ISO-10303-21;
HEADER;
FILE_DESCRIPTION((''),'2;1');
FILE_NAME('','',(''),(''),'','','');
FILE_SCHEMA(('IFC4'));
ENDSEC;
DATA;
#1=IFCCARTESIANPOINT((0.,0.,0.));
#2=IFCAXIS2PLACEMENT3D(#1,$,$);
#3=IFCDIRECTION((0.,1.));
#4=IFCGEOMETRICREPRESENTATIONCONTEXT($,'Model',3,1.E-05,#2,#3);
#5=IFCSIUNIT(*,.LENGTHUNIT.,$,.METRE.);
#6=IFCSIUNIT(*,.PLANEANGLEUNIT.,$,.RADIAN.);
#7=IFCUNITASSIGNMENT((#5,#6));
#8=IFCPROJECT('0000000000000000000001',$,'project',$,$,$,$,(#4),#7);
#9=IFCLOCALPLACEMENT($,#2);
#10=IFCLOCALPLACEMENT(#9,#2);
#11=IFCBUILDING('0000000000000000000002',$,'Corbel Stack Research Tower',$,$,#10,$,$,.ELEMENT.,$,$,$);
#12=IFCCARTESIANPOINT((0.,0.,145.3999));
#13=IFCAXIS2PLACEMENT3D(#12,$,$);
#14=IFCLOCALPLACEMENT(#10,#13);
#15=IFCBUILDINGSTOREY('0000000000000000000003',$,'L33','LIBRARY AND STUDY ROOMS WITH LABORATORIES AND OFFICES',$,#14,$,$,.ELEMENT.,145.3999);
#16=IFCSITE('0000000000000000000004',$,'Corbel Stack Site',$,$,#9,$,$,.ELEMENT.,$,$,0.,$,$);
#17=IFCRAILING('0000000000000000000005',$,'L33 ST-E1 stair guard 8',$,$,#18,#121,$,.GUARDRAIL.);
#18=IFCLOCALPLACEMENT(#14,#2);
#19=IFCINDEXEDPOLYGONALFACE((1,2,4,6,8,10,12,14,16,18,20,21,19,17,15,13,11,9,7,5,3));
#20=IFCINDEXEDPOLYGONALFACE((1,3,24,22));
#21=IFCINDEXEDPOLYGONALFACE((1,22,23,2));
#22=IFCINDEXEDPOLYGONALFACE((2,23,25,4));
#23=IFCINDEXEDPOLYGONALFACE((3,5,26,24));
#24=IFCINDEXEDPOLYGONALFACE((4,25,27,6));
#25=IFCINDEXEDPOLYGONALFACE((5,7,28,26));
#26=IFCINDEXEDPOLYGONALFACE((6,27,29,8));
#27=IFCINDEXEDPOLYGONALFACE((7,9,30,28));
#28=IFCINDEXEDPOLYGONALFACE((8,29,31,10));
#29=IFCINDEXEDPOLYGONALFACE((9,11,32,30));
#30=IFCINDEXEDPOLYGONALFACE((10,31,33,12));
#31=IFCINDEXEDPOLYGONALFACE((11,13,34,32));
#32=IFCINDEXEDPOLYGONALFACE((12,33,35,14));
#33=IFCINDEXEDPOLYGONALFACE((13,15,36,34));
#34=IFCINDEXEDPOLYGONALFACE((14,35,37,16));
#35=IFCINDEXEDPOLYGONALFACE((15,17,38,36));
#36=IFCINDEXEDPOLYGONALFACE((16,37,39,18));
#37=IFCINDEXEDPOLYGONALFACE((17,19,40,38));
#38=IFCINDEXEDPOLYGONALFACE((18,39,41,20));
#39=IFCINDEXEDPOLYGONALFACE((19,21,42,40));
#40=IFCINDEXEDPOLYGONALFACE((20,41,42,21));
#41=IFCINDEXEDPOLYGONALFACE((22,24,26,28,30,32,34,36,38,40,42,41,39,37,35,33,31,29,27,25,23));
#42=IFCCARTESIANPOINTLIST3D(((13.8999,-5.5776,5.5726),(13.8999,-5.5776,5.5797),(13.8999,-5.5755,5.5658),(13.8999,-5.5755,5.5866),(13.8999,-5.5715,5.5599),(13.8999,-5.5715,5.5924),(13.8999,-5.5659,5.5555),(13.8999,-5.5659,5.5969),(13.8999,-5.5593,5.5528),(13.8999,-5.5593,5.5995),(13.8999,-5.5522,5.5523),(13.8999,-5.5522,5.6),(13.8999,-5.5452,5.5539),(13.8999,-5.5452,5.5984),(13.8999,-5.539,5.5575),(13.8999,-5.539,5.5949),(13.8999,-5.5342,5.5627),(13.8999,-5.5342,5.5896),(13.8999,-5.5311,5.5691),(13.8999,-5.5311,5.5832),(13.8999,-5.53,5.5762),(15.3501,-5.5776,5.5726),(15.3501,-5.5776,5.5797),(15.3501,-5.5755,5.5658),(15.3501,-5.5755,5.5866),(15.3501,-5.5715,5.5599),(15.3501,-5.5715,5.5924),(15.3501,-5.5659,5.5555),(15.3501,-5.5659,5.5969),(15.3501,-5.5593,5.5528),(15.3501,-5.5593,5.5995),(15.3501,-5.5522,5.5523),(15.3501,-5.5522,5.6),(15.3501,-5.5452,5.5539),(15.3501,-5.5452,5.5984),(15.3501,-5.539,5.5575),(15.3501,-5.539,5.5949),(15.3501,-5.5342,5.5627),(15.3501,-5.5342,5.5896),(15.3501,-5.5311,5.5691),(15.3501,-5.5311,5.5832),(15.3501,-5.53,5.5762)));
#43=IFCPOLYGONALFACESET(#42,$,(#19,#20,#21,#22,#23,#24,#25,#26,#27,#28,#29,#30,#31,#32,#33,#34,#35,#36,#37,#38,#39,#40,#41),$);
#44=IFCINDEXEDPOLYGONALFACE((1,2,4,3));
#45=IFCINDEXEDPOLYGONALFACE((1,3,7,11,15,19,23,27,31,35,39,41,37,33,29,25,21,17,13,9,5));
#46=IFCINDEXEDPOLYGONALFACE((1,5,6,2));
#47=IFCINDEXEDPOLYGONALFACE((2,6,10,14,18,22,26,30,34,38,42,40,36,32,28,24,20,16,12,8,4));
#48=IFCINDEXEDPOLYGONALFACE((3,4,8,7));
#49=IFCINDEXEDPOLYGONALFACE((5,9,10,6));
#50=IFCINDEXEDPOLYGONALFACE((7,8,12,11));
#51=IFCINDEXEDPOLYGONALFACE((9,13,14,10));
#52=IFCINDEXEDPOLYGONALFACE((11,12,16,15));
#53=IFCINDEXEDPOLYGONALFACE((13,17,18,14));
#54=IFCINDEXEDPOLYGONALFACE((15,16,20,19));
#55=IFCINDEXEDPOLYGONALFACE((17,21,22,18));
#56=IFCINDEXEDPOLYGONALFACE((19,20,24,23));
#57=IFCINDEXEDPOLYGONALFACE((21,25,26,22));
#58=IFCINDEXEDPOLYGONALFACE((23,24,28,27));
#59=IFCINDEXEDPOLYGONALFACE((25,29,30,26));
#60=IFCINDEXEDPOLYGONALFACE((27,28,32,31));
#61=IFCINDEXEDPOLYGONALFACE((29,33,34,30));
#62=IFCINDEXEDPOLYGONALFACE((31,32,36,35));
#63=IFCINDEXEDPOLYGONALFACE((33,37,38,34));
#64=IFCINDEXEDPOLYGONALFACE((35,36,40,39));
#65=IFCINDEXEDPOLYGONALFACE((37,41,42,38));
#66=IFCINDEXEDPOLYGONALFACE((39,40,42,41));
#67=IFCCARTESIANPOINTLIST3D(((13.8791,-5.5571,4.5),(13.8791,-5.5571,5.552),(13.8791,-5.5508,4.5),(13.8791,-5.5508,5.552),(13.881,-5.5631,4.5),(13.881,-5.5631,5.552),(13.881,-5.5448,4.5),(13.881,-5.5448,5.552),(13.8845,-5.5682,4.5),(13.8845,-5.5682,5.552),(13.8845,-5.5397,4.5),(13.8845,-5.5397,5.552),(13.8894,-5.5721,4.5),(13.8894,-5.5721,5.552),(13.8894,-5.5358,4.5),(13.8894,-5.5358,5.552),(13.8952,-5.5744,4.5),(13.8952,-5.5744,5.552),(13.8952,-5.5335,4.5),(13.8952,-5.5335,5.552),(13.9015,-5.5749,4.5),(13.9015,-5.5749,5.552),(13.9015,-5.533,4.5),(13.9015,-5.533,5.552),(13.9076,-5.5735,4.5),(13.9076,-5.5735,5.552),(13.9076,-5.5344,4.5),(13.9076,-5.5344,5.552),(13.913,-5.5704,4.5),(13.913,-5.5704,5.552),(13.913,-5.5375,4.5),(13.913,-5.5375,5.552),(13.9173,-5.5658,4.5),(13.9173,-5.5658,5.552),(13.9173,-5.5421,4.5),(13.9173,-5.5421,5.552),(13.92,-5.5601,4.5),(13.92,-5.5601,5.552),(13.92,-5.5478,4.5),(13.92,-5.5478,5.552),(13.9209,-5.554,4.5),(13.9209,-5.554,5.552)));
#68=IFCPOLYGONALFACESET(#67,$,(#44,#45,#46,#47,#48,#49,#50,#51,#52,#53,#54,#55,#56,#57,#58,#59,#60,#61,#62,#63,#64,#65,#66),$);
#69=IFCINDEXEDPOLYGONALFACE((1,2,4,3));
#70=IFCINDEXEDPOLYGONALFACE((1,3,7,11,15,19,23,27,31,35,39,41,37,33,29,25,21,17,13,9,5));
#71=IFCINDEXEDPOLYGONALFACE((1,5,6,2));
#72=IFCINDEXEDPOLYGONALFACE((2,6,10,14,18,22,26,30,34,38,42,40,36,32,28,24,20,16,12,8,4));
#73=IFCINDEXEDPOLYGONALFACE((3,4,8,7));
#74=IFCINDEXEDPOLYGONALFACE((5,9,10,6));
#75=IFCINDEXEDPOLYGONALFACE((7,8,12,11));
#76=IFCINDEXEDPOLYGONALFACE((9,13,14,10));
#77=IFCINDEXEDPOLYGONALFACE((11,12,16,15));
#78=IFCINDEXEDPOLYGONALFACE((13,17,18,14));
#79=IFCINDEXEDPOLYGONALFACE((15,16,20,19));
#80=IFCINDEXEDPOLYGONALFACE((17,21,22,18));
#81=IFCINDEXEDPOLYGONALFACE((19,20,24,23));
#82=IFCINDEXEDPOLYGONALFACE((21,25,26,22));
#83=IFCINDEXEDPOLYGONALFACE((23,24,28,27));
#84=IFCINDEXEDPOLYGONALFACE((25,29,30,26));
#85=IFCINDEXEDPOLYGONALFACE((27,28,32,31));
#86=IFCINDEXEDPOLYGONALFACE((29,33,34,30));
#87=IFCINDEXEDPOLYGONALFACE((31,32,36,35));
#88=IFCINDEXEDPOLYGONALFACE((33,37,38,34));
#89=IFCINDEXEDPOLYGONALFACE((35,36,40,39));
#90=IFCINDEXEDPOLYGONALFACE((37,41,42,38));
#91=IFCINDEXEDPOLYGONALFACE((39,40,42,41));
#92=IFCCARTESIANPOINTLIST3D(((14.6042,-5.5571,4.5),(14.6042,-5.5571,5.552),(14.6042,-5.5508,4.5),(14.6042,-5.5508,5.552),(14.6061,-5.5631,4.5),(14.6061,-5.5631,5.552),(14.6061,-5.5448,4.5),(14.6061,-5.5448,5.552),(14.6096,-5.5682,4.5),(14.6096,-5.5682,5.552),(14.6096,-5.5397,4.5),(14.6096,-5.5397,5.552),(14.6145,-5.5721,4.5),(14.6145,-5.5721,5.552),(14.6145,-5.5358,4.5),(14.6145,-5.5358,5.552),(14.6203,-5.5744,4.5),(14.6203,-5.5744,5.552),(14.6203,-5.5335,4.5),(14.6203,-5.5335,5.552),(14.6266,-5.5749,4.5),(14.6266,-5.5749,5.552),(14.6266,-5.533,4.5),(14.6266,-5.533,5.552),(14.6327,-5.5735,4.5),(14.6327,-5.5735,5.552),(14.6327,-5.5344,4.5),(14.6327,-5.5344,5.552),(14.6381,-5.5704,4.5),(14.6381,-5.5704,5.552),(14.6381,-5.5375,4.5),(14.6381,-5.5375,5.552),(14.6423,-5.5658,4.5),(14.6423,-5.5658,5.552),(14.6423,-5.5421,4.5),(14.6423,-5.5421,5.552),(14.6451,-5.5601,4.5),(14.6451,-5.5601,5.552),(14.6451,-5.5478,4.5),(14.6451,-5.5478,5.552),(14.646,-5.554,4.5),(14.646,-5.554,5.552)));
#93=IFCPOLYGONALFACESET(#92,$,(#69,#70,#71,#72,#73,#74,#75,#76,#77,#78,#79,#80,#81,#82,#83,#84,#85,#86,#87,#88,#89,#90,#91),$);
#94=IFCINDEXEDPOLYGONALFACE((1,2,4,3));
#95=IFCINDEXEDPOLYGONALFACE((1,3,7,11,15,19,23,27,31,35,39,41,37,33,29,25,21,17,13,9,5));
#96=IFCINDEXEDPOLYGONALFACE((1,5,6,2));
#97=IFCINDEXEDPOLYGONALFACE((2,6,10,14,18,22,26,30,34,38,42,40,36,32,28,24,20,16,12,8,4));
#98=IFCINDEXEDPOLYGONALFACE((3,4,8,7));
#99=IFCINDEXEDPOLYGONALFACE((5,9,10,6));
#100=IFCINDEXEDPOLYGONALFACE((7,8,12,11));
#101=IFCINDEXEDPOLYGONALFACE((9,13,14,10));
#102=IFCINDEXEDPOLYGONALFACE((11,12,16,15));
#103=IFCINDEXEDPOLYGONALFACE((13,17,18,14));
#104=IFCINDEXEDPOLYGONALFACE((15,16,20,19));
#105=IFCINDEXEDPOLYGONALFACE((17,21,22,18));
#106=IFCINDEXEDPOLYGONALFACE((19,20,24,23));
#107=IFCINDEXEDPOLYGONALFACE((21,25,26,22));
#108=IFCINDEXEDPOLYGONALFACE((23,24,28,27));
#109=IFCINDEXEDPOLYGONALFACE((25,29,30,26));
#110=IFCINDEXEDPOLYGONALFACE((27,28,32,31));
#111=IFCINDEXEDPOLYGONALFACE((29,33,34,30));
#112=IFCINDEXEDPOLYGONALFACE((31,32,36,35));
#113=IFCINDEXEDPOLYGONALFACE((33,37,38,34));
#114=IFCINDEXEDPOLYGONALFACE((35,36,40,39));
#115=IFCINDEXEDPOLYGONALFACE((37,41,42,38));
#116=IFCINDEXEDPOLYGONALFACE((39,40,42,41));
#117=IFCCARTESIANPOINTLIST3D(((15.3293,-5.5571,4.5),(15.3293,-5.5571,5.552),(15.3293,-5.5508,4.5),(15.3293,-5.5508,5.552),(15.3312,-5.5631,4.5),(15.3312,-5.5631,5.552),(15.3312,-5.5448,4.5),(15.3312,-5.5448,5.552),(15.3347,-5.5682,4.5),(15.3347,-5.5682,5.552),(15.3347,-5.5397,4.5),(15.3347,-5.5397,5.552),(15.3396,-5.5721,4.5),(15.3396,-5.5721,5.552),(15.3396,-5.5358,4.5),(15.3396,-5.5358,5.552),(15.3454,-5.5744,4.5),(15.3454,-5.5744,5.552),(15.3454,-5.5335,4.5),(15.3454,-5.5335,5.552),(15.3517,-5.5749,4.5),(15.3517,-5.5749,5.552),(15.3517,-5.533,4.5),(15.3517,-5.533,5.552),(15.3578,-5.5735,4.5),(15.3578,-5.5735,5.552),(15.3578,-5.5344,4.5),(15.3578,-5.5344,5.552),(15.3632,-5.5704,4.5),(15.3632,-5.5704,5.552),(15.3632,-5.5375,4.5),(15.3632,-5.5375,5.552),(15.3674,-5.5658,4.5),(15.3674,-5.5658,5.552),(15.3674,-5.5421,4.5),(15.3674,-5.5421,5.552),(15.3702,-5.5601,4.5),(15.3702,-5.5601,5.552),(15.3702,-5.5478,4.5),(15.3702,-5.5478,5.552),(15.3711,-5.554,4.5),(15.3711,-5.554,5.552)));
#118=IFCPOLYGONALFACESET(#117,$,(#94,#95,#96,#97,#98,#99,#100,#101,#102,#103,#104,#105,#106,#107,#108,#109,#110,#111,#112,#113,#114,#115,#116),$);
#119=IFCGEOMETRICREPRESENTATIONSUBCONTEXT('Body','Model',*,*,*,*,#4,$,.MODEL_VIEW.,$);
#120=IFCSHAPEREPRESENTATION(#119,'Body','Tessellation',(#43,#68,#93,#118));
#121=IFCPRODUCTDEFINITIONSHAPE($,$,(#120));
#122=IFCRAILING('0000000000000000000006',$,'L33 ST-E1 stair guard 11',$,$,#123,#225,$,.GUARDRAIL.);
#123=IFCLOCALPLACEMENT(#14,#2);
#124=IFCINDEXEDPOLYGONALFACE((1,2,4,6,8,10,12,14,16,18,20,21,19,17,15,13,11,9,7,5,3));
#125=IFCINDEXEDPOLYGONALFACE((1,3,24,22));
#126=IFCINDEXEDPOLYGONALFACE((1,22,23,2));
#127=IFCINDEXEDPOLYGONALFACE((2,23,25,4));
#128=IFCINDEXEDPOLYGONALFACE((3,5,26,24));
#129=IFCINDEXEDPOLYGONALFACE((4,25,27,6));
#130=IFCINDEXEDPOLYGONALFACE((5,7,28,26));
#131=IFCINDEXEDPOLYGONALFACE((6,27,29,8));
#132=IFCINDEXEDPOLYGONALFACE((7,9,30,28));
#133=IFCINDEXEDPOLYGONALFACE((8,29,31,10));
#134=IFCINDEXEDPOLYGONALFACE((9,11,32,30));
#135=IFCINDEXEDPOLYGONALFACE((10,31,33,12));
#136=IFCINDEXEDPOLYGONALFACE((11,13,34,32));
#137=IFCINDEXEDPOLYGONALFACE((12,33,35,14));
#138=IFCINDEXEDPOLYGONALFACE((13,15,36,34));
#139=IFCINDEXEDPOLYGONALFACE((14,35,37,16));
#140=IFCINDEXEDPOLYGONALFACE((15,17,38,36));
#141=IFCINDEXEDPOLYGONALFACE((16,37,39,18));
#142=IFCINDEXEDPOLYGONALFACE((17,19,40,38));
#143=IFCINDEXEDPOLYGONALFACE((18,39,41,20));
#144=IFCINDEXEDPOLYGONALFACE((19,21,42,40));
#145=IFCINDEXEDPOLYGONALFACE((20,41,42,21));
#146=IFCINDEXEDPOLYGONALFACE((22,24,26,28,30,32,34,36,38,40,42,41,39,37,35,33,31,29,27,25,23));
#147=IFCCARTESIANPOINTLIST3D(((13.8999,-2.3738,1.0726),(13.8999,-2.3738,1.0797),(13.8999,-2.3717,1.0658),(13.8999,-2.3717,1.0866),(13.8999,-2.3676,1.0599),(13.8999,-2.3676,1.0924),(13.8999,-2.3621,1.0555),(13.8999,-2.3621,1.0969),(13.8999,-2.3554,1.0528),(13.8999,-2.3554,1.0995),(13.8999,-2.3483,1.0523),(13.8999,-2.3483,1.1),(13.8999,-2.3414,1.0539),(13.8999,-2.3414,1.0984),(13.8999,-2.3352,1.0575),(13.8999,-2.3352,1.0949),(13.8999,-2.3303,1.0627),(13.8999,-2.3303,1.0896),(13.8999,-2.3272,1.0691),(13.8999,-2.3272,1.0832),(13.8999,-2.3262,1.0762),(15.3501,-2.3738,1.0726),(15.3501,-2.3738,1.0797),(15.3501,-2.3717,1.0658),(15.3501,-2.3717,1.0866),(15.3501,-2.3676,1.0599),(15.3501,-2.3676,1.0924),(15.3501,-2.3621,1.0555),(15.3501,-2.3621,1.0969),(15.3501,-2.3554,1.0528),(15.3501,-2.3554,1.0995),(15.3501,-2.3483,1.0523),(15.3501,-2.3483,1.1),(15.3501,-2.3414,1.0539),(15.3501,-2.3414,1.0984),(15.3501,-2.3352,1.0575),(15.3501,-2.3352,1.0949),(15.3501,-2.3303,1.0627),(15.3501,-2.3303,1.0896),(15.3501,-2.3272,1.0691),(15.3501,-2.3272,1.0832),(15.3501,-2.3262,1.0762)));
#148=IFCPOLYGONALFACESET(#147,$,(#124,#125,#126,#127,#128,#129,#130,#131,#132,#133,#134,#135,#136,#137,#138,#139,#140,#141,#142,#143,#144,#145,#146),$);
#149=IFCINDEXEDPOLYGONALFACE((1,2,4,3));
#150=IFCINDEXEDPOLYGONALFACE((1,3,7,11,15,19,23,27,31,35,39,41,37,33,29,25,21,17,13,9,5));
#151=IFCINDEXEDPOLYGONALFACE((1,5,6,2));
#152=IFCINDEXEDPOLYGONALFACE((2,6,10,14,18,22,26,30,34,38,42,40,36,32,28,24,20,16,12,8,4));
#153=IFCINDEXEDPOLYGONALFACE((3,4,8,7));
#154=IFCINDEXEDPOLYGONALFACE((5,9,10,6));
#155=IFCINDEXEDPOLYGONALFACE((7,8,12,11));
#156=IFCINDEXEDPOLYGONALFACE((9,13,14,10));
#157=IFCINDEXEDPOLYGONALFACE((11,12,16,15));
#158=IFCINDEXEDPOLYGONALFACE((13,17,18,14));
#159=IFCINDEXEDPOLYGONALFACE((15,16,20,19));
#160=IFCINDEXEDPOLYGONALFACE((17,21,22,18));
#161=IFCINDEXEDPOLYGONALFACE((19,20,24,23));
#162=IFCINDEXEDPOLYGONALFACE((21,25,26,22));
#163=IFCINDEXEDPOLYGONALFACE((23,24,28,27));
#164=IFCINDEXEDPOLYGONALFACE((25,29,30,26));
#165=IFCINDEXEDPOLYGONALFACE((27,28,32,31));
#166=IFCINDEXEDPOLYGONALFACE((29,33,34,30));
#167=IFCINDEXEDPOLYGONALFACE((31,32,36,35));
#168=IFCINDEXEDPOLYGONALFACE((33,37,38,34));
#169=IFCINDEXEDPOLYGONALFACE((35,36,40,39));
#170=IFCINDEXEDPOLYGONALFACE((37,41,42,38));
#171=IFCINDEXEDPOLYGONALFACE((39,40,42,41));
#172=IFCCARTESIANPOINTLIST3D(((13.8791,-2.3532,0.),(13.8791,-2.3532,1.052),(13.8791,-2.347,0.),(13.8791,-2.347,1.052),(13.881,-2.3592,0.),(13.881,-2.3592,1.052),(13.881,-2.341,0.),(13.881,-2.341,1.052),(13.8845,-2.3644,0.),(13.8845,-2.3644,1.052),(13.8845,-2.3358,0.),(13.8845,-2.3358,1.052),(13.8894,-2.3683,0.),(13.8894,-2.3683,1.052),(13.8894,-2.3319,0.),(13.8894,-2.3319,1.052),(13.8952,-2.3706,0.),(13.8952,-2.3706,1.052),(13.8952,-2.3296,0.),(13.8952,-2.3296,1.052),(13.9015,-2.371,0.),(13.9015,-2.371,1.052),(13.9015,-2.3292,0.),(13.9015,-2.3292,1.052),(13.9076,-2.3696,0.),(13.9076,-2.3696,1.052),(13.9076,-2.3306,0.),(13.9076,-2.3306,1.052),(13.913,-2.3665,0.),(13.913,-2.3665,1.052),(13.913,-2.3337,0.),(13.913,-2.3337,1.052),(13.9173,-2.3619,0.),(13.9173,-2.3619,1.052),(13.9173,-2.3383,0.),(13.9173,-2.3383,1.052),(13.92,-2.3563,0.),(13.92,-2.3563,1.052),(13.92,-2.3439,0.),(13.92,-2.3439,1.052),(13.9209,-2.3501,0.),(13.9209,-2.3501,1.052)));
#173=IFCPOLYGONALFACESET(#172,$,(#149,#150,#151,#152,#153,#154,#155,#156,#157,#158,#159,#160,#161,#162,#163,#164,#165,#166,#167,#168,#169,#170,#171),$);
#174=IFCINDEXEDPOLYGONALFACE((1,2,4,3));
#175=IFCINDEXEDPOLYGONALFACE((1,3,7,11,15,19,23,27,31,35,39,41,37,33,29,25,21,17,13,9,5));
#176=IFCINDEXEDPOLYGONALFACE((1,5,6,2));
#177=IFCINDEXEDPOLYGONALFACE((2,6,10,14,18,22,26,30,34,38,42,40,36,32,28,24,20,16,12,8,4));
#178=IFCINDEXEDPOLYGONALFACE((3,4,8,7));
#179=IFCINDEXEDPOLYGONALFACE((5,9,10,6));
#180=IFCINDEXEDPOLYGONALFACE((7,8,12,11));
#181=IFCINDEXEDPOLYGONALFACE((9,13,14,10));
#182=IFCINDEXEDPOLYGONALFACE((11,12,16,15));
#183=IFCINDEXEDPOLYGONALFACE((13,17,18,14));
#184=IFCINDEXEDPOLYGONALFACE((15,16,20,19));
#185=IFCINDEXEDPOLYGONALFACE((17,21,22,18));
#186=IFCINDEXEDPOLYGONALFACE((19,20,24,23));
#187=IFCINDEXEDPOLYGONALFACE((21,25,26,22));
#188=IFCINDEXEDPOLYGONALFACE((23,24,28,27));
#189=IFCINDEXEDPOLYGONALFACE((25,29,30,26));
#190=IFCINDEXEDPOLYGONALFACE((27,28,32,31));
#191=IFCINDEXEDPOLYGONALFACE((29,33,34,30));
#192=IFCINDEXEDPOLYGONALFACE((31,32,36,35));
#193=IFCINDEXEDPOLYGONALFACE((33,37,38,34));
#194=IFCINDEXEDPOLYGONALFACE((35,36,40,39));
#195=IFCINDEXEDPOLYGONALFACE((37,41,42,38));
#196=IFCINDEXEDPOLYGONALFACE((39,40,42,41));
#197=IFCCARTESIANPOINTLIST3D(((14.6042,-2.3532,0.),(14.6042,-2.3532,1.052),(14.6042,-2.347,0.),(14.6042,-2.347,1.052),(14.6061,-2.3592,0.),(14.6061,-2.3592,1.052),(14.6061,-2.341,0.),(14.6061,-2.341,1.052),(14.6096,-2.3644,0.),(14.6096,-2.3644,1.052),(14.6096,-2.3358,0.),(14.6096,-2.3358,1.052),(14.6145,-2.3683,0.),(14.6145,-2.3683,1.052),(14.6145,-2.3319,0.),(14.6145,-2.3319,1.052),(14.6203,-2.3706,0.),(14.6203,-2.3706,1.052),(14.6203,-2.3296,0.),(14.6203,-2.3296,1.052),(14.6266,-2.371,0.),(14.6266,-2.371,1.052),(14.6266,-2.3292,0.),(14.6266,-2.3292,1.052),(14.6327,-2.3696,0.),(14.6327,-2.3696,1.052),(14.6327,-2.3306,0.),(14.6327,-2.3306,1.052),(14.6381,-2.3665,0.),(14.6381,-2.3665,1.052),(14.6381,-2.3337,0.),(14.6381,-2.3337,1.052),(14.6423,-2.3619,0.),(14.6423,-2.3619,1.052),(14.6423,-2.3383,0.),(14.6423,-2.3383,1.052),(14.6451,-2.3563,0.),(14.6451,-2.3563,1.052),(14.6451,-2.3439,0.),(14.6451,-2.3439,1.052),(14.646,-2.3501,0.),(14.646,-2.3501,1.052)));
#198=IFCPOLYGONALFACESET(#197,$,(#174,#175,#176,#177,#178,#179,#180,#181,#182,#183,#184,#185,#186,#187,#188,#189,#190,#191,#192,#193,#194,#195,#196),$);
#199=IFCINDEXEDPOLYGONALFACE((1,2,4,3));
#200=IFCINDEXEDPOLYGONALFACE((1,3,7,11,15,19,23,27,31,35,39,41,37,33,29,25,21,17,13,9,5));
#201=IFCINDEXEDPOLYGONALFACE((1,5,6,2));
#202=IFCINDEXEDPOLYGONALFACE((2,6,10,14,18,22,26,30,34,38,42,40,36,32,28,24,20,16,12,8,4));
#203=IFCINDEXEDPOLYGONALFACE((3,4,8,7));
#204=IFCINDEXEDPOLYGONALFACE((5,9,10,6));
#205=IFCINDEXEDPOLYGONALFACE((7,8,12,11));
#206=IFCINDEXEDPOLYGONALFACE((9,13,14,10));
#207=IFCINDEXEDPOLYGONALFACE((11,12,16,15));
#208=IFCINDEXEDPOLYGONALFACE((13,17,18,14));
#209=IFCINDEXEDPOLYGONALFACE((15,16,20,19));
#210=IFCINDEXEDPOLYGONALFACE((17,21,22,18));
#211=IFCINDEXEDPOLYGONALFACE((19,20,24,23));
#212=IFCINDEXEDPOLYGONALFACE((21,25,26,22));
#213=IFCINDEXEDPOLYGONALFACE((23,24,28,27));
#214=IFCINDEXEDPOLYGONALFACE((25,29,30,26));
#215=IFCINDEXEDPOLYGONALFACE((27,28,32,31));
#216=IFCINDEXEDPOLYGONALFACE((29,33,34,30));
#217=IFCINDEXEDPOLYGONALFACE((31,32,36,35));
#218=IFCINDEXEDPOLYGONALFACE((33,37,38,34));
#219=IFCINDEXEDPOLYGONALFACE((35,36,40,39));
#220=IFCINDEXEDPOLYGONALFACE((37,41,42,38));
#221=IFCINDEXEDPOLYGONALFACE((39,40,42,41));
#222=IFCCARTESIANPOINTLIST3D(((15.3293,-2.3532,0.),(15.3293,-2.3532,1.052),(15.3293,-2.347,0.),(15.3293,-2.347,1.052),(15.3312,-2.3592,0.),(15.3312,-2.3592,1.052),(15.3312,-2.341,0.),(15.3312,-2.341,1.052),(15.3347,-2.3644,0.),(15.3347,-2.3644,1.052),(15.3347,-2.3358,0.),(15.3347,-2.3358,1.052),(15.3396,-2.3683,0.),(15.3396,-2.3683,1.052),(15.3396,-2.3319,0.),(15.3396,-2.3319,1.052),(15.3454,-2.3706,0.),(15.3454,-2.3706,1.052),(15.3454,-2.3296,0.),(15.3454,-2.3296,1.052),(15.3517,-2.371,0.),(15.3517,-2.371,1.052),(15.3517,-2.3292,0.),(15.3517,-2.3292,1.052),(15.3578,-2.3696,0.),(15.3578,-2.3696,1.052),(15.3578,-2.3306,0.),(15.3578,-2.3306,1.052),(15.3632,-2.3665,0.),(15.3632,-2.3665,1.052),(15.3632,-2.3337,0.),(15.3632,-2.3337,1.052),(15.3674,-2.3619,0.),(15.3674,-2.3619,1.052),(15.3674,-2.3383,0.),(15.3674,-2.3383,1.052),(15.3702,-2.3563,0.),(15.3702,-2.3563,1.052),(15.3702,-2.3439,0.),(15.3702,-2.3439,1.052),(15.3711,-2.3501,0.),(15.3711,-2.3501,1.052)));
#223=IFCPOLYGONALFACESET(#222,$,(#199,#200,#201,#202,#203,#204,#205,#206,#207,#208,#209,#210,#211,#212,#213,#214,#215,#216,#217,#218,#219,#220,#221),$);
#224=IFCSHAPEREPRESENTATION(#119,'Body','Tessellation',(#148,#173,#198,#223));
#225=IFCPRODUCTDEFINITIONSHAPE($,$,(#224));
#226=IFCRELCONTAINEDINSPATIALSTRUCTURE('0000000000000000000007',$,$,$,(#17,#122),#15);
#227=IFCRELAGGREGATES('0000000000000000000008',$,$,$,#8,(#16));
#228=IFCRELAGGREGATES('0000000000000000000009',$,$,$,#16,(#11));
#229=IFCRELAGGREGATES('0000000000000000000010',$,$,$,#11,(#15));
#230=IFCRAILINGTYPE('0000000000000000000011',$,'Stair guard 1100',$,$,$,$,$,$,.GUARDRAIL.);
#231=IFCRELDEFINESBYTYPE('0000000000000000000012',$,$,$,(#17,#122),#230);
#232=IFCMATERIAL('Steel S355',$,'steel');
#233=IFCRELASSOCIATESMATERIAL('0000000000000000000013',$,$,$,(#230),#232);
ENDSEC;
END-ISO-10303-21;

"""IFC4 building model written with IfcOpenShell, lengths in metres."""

from ifc_helpers import new_model, si_unit, direction, frame, origin, origin_2d, place, context, subcontext, project, spatial, circle, extrude, material, type_object, element, save


model = new_model("IFC4")

# Units and contexts
model_context = context("Model", 3, precision=1e-05, world=origin(), true_north=direction((0.0, 1.0)))
body_context = subcontext(model_context, "Body", "Model", "MODEL_VIEW")
ifc_project = project(units=[si_unit("LENGTHUNIT", "METRE"), si_unit("PLANEANGLEUNIT", "RADIAN")], contexts=[model_context])

# Site, building, storey
site_placement = place(None, origin())
site = spatial("IfcSite", under=ifc_project, at=site_placement, Name="Corbel Stack Site", CompositionType="ELEMENT", RefElevation=0.0)
building_placement = place(site_placement, origin())
building = spatial("IfcBuilding", under=site, at=building_placement, Name="Corbel Stack Research Tower", CompositionType="ELEMENT")
storey_placement = place(building_placement, frame((0.0, 0.0, 145.3999)))
storey = spatial("IfcBuildingStorey", under=building, at=storey_placement, Name="L33", Description="LIBRARY AND STUDY ROOMS WITH LABORATORIES AND OFFICES", CompositionType="ELEMENT", Elevation=145.3999)

# Railings
ifc_material_1 = material(Name="Steel S355", Category="steel")
railing_type_1 = type_object("IfcRailingType", Name="Stair guard 1100", PredefinedType="GUARDRAIL", material=ifc_material_1)
for number, where, name in (
    (1, (13.8999, -5.554, 4.5), "L33 ST-E1 stair guard 8"),
    (2, (13.8999, -2.3501, 0.0), "L33 ST-E1 stair guard 11"),
):
    element("IfcRailing", number, at=place(storey_placement, frame(where)), inside=storey, type_object=railing_type_1, Name=name, PredefinedType="GUARDRAIL", context=body_context, shape_type="SweptSolid", body=[
        extrude(circle(Radius=0.0239, at=origin_2d()), frame((0.0, 0.0, 1.0762), z_axis=(1.0, 0.0, 0.0), x_axis=(0.0, 1.0, 0.0)), (0.0, 0.0, 1.0), 1.4502),
        extrude(circle(Radius=0.021, at=origin_2d()), origin(), (0.0, 0.0, 1.0), 1.052),
        extrude(circle(Radius=0.021, at=origin_2d()), frame((0.7251, 0.0, 0.0)), (0.0, 0.0, 1.0), 1.052),
        extrude(circle(Radius=0.021, at=origin_2d()), frame((1.4502, 0.0, 0.0)), (0.0, 0.0, 1.0), 1.052),
    ])

save(model, "model.ifc")
